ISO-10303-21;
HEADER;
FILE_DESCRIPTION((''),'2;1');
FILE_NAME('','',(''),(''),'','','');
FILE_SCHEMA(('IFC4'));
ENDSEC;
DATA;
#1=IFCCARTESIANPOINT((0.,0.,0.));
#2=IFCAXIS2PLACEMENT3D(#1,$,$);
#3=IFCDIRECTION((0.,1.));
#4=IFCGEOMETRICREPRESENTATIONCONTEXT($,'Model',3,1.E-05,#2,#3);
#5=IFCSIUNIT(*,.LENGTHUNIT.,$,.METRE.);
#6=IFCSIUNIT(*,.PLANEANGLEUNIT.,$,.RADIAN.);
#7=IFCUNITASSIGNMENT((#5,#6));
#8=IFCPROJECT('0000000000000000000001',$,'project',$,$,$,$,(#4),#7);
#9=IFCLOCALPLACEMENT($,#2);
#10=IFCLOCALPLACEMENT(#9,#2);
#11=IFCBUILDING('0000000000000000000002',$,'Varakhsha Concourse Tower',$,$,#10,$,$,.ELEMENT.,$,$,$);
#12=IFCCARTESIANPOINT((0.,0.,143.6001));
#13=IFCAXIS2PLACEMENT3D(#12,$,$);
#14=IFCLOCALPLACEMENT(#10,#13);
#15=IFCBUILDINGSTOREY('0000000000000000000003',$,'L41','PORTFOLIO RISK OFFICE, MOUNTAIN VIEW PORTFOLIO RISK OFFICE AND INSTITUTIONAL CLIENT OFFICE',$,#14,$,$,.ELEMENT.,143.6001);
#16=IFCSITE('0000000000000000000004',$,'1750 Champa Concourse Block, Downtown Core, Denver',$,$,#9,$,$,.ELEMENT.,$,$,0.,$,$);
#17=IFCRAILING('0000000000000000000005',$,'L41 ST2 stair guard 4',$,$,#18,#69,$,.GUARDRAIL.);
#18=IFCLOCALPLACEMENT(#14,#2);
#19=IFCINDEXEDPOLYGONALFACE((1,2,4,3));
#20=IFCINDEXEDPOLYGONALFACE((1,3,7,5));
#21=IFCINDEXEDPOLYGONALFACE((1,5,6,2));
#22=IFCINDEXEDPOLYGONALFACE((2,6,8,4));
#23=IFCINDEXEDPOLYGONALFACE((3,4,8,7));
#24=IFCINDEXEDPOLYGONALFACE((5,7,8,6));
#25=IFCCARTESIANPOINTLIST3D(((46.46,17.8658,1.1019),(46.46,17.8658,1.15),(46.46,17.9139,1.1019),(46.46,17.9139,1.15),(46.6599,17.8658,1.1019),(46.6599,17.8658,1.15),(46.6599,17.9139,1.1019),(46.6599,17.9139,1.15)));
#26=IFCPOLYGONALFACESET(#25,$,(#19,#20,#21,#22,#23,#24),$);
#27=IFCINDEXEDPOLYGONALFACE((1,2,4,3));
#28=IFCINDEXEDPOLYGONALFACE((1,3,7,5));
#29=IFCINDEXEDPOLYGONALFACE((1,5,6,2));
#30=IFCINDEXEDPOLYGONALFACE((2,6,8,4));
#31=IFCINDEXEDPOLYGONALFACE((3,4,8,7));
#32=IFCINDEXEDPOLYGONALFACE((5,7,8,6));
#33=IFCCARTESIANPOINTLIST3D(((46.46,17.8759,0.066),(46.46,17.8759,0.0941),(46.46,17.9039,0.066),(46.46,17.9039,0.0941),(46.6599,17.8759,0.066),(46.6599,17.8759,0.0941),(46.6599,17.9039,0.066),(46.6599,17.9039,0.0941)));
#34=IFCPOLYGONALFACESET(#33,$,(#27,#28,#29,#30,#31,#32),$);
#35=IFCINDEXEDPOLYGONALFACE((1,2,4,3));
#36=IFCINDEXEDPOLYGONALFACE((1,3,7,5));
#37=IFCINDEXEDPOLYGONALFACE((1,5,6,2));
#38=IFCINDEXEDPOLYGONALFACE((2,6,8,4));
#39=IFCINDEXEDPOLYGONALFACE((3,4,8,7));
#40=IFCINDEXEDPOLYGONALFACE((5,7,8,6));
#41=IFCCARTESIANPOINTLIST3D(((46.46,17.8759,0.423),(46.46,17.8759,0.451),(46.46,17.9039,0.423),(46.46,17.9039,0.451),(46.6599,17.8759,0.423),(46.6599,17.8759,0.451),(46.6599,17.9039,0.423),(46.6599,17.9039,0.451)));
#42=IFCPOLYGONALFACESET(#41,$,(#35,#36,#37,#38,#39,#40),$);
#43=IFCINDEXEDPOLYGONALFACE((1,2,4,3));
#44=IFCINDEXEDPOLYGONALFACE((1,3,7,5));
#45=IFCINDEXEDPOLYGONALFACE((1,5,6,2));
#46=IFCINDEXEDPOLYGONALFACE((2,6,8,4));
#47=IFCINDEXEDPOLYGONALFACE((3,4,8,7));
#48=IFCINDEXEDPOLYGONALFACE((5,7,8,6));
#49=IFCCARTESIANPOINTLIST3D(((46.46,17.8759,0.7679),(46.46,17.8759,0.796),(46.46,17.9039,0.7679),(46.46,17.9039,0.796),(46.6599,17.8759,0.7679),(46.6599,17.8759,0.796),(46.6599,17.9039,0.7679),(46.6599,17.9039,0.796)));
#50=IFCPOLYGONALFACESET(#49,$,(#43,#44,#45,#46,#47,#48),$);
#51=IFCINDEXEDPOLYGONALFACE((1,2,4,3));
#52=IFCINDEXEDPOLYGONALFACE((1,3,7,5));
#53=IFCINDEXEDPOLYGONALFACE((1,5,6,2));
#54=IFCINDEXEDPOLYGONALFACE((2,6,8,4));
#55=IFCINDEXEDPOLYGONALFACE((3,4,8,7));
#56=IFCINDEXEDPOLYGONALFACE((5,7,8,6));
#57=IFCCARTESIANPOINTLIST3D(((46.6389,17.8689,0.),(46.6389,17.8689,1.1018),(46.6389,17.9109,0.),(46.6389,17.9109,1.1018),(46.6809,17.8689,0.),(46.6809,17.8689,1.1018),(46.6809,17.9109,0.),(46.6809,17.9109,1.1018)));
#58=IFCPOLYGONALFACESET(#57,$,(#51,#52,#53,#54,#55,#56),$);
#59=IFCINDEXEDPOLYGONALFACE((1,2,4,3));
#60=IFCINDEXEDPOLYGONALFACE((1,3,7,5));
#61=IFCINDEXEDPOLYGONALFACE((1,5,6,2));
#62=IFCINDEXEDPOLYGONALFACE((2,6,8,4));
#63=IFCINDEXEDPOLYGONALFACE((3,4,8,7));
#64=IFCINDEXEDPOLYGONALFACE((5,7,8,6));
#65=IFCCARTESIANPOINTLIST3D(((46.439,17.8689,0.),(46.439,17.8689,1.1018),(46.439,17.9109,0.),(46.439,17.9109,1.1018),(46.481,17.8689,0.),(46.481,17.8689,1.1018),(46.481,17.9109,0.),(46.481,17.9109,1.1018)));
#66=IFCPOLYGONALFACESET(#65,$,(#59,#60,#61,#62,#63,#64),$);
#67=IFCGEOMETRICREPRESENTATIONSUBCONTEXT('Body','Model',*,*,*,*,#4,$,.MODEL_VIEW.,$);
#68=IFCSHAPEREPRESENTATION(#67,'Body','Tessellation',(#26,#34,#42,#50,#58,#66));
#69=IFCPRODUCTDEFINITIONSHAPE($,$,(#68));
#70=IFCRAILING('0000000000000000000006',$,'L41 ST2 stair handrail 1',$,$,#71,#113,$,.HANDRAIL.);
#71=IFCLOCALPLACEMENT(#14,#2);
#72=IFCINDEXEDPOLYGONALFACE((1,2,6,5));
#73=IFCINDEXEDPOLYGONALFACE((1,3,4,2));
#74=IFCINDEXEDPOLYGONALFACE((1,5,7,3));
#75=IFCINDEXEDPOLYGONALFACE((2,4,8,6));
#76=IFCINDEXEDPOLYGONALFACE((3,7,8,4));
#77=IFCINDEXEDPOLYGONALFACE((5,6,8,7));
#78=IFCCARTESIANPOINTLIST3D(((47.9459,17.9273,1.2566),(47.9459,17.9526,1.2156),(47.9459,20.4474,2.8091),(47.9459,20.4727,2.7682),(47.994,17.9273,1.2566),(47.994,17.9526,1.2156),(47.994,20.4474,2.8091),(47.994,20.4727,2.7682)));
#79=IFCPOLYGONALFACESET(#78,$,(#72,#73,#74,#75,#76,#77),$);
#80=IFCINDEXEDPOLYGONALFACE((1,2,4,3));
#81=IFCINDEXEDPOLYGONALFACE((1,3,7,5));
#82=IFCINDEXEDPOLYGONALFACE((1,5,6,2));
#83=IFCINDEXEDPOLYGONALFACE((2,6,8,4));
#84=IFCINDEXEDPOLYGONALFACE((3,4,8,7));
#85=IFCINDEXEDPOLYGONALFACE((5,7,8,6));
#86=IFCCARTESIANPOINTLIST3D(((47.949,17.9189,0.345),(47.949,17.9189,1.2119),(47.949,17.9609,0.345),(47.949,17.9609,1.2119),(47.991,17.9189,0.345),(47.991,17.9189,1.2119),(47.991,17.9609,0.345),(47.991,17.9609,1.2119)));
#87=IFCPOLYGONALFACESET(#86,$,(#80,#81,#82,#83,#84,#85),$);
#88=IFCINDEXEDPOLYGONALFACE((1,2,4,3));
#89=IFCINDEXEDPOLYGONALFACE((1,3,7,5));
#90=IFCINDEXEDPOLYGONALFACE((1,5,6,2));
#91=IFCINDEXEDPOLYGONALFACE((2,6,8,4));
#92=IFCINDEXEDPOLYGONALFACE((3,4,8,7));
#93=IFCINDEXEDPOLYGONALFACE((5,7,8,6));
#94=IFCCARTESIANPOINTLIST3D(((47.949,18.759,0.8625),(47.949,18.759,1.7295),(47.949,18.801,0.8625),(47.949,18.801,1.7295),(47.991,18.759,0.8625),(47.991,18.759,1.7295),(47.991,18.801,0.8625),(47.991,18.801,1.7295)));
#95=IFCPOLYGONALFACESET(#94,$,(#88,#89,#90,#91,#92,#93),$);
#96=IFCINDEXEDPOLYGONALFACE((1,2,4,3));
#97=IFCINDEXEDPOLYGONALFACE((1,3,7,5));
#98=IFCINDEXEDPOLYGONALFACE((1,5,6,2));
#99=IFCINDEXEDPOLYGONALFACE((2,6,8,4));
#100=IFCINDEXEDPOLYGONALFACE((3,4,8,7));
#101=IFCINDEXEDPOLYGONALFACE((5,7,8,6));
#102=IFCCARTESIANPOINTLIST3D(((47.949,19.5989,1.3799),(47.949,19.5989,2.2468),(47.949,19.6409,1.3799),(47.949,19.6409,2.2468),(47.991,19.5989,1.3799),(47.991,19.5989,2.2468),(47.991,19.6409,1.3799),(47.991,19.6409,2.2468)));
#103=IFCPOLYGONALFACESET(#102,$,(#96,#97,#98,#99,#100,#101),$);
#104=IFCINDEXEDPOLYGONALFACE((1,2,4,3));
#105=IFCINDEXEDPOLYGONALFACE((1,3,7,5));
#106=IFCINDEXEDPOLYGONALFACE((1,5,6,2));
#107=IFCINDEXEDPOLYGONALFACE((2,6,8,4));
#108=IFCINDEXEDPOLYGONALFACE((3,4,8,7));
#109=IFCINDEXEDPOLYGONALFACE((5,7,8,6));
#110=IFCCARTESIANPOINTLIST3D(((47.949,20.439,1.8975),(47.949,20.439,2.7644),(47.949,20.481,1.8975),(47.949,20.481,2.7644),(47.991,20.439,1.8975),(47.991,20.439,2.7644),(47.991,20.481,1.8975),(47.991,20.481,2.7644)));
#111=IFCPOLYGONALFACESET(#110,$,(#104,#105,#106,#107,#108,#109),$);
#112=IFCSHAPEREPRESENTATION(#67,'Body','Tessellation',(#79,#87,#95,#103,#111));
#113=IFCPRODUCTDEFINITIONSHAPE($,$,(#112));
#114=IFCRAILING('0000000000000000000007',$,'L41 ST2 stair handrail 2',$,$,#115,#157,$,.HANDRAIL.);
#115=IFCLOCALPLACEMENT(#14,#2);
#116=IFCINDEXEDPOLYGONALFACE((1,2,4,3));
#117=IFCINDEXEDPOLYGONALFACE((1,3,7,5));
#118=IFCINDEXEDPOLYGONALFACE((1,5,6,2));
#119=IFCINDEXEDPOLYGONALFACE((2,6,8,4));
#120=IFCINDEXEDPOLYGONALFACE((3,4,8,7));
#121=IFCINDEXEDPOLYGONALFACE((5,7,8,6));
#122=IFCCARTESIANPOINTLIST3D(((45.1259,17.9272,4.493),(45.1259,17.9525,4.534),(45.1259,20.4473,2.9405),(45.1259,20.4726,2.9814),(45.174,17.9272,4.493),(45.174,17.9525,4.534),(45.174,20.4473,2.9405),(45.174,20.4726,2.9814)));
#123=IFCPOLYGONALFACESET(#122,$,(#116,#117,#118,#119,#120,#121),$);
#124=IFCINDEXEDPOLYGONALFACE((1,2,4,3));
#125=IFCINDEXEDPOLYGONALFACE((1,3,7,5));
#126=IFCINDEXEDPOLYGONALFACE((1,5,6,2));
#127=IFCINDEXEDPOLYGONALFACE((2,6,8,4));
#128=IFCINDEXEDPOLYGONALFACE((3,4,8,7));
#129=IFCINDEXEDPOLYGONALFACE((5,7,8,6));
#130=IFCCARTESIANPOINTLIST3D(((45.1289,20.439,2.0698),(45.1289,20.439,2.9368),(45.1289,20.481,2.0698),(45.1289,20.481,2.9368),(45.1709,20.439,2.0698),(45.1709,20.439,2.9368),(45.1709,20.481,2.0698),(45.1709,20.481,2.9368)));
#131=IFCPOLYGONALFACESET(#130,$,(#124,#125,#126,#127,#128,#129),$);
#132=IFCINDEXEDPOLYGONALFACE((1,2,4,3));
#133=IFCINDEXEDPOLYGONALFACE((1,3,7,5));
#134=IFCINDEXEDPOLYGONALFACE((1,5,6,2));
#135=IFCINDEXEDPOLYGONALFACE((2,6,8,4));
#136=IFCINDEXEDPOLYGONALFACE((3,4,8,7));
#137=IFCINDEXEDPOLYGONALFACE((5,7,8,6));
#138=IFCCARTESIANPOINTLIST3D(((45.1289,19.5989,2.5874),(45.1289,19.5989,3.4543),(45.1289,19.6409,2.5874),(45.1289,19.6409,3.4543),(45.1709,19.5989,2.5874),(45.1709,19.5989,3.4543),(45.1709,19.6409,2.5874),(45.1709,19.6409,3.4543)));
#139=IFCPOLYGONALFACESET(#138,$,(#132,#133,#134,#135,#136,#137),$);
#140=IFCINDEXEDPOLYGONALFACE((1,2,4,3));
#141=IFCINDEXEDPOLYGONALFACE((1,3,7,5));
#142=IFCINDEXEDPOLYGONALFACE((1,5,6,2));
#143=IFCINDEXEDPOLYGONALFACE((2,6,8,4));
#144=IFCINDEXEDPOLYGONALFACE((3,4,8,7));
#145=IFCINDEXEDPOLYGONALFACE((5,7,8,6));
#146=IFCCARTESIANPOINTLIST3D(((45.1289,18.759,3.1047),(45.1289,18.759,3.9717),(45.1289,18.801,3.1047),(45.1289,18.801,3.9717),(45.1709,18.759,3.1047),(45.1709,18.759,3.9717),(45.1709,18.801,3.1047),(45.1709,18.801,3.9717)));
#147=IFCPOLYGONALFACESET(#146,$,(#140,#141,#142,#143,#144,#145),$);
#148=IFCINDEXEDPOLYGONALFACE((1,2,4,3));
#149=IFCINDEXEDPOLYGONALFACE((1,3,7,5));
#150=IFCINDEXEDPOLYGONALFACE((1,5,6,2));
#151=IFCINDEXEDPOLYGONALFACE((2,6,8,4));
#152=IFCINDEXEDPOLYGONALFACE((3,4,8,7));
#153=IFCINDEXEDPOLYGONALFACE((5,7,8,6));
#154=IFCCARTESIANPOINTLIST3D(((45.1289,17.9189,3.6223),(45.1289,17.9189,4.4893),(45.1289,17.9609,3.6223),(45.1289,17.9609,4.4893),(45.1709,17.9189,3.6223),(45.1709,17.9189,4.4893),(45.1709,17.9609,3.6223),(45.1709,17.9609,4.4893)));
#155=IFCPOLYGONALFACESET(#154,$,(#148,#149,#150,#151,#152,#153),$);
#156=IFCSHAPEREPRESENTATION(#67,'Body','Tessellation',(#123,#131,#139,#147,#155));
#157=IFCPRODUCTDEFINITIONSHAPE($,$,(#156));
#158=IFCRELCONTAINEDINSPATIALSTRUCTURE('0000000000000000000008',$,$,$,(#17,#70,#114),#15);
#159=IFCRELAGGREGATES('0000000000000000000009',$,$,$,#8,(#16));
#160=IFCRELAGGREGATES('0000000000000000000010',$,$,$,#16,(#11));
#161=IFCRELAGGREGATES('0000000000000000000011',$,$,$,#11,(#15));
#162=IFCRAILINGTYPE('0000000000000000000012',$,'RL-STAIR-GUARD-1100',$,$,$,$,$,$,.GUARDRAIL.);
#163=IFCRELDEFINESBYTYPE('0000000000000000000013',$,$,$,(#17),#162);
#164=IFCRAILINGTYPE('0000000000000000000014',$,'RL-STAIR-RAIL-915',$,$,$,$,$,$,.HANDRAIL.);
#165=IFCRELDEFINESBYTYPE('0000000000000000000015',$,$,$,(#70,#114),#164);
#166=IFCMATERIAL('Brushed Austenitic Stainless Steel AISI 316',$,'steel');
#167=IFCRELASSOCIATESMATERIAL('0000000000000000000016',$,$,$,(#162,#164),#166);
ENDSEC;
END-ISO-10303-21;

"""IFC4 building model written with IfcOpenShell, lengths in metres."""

from ifc_helpers import new_model, si_unit, direction, frame, origin, origin_2d, place, context, subcontext, project, spatial, rectangle, extrude, material, type_object, element, save


model = new_model("IFC4")

# Units and contexts
model_context = context("Model", 3, precision=1e-05, world=origin(), true_north=direction((0.0, 1.0)))
body_context = subcontext(model_context, "Body", "Model", "MODEL_VIEW")
ifc_project = project(units=[si_unit("LENGTHUNIT", "METRE"), si_unit("PLANEANGLEUNIT", "RADIAN")], contexts=[model_context])

# Site, building, storey
site_placement = place(None, origin())
site = spatial("IfcSite", under=ifc_project, at=site_placement, Name="1750 Champa Concourse Block, Downtown Core, Denver", CompositionType="ELEMENT", RefElevation=0.0)
building_placement = place(site_placement, origin())
building = spatial("IfcBuilding", under=site, at=building_placement, Name="Varakhsha Concourse Tower", CompositionType="ELEMENT")
storey_placement = place(building_placement, frame((0.0, 0.0, 143.6001)))
storey = spatial("IfcBuildingStorey", under=building, at=storey_placement, Name="L41", Description="PORTFOLIO RISK OFFICE, MOUNTAIN VIEW PORTFOLIO RISK OFFICE AND INSTITUTIONAL CLIENT OFFICE", CompositionType="ELEMENT", Elevation=143.6001)

# Railings
ifc_material_1 = material(Name="Brushed Austenitic Stainless Steel AISI 316", Category="steel")
railing_type_1 = type_object("IfcRailingType", Name="RL-STAIR-GUARD-1100", PredefinedType="GUARDRAIL", material=ifc_material_1)
railing_1_placement = place(storey_placement, frame((46.6599, 17.8899, 0.0)))
element("IfcRailing", 1, at=railing_1_placement, inside=storey, type_object=railing_type_1, Name="L41 ST2 stair guard 4", PredefinedType="GUARDRAIL", context=body_context, shape_type="SweptSolid", body=[
    extrude(rectangle(XDim=0.0481, YDim=0.0481, at=origin_2d()), frame((0.0, 0.0, 1.126), z_axis=(-1.0, 0.0, 0.0), x_axis=(0.0, -1.0, 0.0)), (0.0, 0.0, 1.0), 0.2),
    extrude(rectangle(XDim=0.0281, YDim=0.0281, at=origin_2d()), frame((0.0, 0.0, 0.0801), z_axis=(-1.0, 0.0, 0.0), x_axis=(0.0, -1.0, 0.0)), (0.0, 0.0, 1.0), 0.2),
    extrude(rectangle(XDim=0.0281, YDim=0.0281, at=origin_2d()), frame((0.0, 0.0, 0.437), z_axis=(-1.0, 0.0, 0.0), x_axis=(0.0, -1.0, 0.0)), (0.0, 0.0, 1.0), 0.2),
    extrude(rectangle(XDim=0.0281, YDim=0.0281, at=origin_2d()), frame((0.0, 0.0, 0.782), z_axis=(-1.0, 0.0, 0.0), x_axis=(0.0, -1.0, 0.0)), (0.0, 0.0, 1.0), 0.2),
    extrude(rectangle(XDim=0.042, YDim=0.042, at=origin_2d()), origin(), (0.0, 0.0, 1.0), 1.1018),
    extrude(rectangle(XDim=0.042, YDim=0.042, at=origin_2d()), frame((-0.2, 0.0, 0.0)), (0.0, 0.0, 1.0), 1.1018),
])
railing_type_2 = type_object("IfcRailingType", Name="RL-STAIR-RAIL-915", PredefinedType="HANDRAIL", material=ifc_material_1)
railing_2_placement = place(storey_placement, frame((47.97, 17.9399, 0.345)))
element("IfcRailing", 2, at=railing_2_placement, inside=storey, type_object=railing_type_2, Name="L41 ST2 stair handrail 1", PredefinedType="HANDRAIL", context=body_context, shape_type="SweptSolid", body=[
    extrude(rectangle(XDim=0.0481, YDim=0.0481, at=origin_2d()), frame((0.0, 0.0, 0.8911), z_axis=(0.0, 0.8514, 0.524516), x_axis=(-1.0, 0.0, 0.0)), (0.0, 0.0, 1.0), 2.96),
    extrude(rectangle(XDim=0.042, YDim=0.042, at=origin_2d()), origin(), (0.0, 0.0, 1.0), 0.8669),
    extrude(rectangle(XDim=0.042, YDim=0.042, at=origin_2d()), frame((0.0, 0.8401, 0.5176)), (0.0, 0.0, 1.0), 0.8669),
    extrude(rectangle(XDim=0.042, YDim=0.042, at=origin_2d()), frame((0.0, 1.6799, 1.0349)), (0.0, 0.0, 1.0), 0.8669),
    extrude(rectangle(XDim=0.042, YDim=0.042, at=origin_2d()), frame((0.0, 2.52, 1.5525)), (0.0, 0.0, 1.0), 0.8669),
])
railing_3_placement = place(storey_placement, frame((45.1499, 20.46, 2.0698)))
element("IfcRailing", 3, at=railing_3_placement, inside=storey, type_object=railing_type_2, Name="L41 ST2 stair handrail 2", PredefinedType="HANDRAIL", context=body_context, shape_type="SweptSolid", body=[
    extrude(rectangle(XDim=0.0481, YDim=0.0481, at=origin_2d()), frame((0.0, 0.0, 0.8911), z_axis=(0.0, -0.8514, 0.524516), x_axis=(1.0, 0.0, 0.0)), (0.0, 0.0, 1.0), 2.96),
    extrude(rectangle(XDim=0.042, YDim=0.042, at=origin_2d()), origin(), (0.0, 0.0, 1.0), 0.8669),
    extrude(rectangle(XDim=0.042, YDim=0.042, at=origin_2d()), frame((0.0, -0.8401, 0.5176)), (0.0, 0.0, 1.0), 0.8669),
    extrude(rectangle(XDim=0.042, YDim=0.042, at=origin_2d()), frame((0.0, -1.6799, 1.0349)), (0.0, 0.0, 1.0), 0.8669),
    extrude(rectangle(XDim=0.042, YDim=0.042, at=origin_2d()), frame((0.0, -2.52, 1.5525)), (0.0, 0.0, 1.0), 0.8669),
])

save(model, "model.ifc")
